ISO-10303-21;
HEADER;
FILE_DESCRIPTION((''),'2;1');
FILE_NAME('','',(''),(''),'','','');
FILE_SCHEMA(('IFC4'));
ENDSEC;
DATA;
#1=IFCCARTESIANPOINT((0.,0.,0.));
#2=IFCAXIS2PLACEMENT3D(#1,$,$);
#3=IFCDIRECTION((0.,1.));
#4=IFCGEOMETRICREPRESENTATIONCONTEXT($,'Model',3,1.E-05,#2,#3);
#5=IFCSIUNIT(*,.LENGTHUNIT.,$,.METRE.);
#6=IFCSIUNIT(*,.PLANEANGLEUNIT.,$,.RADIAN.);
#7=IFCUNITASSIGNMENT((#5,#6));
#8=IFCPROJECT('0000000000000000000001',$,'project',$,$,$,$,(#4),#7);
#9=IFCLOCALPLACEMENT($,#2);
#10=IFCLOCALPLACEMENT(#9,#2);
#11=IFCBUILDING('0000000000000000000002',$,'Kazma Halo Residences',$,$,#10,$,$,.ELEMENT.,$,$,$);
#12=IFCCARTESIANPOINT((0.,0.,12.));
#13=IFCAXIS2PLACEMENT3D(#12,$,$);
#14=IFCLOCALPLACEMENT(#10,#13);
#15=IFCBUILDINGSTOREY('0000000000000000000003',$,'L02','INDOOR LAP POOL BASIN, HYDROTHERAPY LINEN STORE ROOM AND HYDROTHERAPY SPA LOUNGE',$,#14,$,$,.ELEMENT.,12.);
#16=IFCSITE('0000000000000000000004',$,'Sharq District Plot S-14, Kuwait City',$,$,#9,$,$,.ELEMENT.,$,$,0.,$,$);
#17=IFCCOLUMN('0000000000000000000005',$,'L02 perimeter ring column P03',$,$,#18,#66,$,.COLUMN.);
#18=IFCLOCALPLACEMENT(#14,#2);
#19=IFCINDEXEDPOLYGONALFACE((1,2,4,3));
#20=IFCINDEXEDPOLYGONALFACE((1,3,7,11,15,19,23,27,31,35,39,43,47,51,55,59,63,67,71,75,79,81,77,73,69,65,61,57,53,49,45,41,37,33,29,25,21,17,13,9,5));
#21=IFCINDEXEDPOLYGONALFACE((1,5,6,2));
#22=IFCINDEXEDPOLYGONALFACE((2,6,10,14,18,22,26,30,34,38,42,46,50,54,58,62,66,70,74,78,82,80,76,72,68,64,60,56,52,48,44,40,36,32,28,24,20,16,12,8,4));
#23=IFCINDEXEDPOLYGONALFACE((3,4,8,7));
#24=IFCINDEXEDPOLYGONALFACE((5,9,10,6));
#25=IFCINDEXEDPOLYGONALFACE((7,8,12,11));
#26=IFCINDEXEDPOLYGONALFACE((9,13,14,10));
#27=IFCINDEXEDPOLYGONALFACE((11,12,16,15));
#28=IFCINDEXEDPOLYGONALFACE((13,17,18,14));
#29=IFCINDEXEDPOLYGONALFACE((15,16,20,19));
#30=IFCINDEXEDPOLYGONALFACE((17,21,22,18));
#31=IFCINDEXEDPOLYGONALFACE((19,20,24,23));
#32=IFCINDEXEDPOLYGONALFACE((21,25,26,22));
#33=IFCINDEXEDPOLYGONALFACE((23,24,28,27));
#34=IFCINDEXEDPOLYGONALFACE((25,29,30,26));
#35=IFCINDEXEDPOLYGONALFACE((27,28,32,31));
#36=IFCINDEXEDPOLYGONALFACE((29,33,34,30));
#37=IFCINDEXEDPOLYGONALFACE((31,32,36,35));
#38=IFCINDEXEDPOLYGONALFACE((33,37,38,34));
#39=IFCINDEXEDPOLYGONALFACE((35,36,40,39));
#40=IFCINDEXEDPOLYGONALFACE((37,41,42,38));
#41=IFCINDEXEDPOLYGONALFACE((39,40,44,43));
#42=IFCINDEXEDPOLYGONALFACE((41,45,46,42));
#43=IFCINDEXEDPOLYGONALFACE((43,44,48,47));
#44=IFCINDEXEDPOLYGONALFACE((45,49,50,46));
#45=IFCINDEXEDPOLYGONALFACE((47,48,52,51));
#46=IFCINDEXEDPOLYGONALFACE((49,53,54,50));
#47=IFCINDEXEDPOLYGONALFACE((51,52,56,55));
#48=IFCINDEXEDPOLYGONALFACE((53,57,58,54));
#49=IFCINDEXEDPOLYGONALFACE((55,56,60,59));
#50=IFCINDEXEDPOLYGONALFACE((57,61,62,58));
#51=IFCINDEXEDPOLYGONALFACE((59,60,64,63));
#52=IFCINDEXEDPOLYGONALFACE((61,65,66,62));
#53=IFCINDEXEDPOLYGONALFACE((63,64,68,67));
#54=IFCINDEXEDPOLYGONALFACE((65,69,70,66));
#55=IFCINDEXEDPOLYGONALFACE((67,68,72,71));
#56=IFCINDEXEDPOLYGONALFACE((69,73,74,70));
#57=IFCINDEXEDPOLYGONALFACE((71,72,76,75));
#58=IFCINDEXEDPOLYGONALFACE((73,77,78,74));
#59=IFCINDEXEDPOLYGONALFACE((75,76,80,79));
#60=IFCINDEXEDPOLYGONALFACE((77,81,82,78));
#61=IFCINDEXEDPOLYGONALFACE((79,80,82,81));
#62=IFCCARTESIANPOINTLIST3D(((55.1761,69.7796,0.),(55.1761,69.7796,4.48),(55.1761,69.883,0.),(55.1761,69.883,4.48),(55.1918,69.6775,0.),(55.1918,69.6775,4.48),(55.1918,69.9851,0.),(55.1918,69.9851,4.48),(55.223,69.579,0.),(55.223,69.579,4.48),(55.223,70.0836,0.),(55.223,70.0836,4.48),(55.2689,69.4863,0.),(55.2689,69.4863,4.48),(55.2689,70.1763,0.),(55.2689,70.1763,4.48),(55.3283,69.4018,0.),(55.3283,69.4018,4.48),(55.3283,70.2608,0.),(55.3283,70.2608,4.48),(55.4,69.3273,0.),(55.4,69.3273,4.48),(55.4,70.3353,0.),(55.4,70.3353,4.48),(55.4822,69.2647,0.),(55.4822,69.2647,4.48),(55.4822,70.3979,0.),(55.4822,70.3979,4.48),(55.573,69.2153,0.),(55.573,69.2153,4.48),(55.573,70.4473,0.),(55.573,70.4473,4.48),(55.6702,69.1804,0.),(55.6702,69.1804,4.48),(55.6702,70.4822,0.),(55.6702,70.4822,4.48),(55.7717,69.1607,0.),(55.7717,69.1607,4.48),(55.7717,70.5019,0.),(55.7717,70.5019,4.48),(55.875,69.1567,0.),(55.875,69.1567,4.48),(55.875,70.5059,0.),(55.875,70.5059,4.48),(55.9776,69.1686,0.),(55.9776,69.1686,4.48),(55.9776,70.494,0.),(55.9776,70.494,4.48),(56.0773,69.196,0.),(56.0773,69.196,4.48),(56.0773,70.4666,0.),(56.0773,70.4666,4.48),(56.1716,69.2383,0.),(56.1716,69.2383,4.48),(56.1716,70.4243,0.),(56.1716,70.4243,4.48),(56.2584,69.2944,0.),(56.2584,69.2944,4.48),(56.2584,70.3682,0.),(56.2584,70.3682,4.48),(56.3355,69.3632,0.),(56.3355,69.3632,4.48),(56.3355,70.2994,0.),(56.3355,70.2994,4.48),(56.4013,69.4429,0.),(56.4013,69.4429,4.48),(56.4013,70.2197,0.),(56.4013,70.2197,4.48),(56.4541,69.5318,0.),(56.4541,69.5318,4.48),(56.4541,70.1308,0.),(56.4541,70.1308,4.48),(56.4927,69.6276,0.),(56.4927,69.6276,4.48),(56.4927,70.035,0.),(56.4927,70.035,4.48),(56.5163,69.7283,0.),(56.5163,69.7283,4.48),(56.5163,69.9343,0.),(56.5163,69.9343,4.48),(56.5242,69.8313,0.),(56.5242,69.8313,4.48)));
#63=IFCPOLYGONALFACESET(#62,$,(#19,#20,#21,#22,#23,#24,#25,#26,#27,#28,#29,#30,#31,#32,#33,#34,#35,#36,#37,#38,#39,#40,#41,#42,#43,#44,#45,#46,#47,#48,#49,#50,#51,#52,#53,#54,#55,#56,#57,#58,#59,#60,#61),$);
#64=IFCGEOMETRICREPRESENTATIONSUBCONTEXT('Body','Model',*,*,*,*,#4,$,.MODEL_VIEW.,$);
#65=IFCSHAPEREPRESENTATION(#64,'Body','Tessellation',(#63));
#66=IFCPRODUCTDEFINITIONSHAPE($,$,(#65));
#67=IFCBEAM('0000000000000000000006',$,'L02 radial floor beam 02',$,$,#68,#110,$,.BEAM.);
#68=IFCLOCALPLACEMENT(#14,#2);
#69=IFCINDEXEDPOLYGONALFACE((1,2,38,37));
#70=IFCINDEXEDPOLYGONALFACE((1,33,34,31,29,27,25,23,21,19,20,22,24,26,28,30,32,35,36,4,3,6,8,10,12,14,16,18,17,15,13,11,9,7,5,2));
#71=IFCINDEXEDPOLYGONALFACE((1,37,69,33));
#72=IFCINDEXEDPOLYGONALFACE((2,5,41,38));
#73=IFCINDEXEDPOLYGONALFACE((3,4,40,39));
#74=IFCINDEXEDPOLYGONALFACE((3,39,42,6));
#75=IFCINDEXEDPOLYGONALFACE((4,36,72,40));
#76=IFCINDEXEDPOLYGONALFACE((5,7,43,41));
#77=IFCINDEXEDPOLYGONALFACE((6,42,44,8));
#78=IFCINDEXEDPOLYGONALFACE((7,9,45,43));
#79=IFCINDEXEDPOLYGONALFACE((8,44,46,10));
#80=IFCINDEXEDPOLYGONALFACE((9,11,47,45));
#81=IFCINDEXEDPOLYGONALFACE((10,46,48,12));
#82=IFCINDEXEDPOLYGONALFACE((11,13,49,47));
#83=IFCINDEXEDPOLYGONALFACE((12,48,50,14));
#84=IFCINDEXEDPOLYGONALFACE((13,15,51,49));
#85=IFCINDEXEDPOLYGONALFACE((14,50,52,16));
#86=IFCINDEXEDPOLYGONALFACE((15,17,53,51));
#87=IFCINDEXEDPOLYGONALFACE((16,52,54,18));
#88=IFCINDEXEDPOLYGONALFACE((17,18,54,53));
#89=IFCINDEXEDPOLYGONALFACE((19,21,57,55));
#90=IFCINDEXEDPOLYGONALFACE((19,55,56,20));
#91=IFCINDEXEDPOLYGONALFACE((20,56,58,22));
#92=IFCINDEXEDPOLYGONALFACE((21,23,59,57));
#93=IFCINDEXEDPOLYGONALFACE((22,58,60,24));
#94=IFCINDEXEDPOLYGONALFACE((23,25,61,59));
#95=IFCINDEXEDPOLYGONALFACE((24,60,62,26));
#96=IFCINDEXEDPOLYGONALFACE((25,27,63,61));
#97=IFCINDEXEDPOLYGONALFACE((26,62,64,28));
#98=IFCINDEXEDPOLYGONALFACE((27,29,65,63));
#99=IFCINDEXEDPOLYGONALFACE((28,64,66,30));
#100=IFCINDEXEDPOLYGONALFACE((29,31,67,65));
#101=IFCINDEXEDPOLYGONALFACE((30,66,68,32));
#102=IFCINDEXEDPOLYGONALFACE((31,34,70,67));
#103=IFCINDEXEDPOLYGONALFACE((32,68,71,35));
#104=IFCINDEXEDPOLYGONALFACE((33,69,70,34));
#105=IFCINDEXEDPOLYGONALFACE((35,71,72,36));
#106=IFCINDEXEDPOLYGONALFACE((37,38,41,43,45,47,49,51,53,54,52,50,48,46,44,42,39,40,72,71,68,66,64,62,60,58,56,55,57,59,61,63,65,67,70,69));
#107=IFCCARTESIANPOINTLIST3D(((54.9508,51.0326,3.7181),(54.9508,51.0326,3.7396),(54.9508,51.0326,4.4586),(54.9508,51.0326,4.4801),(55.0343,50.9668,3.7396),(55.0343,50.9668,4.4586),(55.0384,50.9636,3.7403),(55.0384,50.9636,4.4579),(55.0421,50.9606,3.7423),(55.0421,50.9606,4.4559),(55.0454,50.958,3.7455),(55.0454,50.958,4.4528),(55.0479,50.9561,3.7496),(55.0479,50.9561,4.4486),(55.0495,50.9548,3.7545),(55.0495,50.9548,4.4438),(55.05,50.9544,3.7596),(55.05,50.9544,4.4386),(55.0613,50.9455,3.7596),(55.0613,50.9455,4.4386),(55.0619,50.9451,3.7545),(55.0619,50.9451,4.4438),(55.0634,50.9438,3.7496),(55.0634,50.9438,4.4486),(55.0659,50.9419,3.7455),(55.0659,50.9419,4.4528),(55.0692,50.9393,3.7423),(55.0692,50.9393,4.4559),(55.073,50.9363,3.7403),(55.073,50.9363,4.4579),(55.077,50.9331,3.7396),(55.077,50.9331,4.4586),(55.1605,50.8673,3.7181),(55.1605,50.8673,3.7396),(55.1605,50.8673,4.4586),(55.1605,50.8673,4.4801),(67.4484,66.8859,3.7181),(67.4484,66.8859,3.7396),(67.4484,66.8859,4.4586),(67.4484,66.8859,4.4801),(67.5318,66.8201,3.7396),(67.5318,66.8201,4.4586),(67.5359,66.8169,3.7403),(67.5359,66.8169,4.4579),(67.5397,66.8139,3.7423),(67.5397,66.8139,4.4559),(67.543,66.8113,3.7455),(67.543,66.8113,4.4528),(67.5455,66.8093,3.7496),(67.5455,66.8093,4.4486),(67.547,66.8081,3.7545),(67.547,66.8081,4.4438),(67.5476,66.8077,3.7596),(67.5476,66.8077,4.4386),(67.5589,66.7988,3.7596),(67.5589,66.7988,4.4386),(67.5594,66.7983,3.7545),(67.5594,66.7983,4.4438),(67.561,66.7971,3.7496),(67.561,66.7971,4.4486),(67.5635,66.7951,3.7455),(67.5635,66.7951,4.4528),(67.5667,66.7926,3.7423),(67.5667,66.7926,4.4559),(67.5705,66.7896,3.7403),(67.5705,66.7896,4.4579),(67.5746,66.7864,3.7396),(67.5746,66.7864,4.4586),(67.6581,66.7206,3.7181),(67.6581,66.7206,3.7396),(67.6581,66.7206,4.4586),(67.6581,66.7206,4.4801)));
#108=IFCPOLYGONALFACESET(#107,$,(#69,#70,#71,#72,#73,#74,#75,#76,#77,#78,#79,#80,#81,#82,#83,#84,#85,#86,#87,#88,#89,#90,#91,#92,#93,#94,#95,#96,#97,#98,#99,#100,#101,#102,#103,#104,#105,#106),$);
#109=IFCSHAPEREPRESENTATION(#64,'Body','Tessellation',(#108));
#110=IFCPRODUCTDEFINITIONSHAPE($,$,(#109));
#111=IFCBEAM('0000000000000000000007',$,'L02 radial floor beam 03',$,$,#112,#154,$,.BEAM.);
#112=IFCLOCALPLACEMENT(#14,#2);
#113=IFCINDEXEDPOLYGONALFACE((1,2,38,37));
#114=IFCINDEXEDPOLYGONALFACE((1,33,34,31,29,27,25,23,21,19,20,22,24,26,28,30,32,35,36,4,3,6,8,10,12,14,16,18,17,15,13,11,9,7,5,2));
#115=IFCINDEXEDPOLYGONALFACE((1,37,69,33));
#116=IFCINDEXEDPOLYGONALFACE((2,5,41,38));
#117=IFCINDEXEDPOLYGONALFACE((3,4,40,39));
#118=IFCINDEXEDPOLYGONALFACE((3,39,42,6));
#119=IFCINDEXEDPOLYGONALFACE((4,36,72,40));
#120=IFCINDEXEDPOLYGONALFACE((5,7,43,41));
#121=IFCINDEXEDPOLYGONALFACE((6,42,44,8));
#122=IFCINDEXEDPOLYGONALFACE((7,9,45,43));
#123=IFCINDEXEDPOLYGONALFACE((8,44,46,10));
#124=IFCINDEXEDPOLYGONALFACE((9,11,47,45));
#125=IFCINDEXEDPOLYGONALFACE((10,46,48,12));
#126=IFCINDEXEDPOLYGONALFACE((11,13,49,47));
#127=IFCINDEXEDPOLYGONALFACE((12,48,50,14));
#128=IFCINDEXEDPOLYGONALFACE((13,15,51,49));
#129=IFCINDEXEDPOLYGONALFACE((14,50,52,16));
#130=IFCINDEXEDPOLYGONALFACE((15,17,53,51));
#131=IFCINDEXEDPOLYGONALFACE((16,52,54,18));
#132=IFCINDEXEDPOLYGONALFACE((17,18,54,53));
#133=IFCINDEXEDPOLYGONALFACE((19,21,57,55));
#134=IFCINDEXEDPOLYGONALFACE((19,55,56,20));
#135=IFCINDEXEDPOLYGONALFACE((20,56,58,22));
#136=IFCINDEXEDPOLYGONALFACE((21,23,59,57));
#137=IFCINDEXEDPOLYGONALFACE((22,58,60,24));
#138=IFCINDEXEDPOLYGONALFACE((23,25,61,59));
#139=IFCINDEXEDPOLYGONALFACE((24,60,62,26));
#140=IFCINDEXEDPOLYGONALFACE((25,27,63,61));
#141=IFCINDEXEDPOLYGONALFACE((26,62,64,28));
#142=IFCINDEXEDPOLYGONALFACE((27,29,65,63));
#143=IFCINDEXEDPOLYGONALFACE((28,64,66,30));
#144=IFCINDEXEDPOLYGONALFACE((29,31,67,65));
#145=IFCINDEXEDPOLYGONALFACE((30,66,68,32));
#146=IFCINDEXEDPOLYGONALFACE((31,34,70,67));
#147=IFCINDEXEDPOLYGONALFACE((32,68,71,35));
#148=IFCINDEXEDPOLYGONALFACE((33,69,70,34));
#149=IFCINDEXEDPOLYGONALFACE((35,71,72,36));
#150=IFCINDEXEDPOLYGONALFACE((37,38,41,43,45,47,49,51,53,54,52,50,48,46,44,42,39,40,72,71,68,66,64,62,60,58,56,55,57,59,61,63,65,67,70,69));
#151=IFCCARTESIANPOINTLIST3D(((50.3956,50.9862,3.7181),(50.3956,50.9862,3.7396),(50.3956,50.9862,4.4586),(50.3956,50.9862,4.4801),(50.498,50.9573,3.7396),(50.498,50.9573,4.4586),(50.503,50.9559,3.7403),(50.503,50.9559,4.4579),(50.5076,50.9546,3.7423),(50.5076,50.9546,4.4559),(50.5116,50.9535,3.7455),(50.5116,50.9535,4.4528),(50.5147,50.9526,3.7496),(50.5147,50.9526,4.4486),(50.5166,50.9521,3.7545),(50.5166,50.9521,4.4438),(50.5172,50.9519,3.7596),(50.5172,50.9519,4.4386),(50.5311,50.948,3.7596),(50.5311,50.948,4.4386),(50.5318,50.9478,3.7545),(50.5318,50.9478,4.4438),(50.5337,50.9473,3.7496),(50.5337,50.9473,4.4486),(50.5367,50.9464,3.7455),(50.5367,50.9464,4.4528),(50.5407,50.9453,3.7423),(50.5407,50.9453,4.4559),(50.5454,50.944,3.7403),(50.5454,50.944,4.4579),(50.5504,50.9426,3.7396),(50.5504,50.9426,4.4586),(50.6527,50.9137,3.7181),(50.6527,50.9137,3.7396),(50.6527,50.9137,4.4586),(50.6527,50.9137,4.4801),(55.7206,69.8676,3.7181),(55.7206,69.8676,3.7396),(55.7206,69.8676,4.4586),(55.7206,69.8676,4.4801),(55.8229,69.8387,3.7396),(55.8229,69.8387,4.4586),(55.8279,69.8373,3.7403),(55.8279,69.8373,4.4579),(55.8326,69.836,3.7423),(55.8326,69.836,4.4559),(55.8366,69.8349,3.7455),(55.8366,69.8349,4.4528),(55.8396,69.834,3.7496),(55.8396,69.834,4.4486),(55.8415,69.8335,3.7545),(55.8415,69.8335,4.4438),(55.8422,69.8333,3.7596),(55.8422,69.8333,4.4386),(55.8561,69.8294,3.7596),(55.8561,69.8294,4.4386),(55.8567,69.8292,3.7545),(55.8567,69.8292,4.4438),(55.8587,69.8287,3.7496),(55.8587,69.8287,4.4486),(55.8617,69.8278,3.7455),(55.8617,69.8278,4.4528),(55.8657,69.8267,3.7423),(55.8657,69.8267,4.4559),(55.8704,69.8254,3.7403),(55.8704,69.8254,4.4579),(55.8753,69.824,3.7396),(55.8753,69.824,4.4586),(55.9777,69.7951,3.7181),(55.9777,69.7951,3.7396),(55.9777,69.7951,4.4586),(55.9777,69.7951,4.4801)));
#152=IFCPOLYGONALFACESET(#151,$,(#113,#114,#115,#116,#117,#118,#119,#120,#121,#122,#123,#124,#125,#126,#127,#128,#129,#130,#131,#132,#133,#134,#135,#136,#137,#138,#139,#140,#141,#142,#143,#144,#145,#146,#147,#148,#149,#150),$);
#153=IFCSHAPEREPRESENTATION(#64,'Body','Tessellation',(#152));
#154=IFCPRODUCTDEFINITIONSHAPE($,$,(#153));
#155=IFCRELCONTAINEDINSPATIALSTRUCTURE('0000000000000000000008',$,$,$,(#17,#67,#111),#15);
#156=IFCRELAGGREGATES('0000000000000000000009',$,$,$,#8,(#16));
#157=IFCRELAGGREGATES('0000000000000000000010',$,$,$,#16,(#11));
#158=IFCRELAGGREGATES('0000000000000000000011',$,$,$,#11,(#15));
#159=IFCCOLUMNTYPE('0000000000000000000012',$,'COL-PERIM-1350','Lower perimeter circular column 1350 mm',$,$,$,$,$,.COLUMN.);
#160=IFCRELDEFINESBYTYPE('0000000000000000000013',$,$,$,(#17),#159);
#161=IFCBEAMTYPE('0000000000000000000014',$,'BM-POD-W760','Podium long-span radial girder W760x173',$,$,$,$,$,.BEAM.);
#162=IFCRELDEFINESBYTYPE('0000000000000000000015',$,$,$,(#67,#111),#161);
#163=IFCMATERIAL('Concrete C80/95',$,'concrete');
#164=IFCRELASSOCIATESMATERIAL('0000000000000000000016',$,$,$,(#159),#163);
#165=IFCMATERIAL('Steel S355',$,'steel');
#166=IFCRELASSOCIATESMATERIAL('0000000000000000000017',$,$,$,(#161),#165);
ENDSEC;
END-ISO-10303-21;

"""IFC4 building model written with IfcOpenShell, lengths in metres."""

from ifc_helpers import new_model, si_unit, direction, frame, origin, origin_2d, place, context, subcontext, project, spatial, circle, i_section, extrude, material, material_profile, profile_set, type_object, element, save


model = new_model("IFC4")

# Units and contexts
model_context = context("Model", 3, precision=1e-05, world=origin(), true_north=direction((0.0, 1.0)))
body_context = subcontext(model_context, "Body", "Model", "MODEL_VIEW")
ifc_project = project(units=[si_unit("LENGTHUNIT", "METRE"), si_unit("PLANEANGLEUNIT", "RADIAN")], contexts=[model_context])

# Site, building, storey
site_placement = place(None, origin())
site = spatial("IfcSite", under=ifc_project, at=site_placement, Name="Sharq District Plot S-14, Kuwait City", CompositionType="ELEMENT", RefElevation=0.0)
building_placement = place(site_placement, origin())
building = spatial("IfcBuilding", under=site, at=building_placement, Name="Kazma Halo Residences", CompositionType="ELEMENT")
storey_placement = place(building_placement, frame((0.0, 0.0, 12.0)))
storey = spatial("IfcBuildingStorey", under=building, at=storey_placement, Name="L02", Description="INDOOR LAP POOL BASIN, HYDROTHERAPY LINEN STORE ROOM AND HYDROTHERAPY SPA LOUNGE", CompositionType="ELEMENT", Elevation=12.0)

# Column
ifc_material_1 = material(Name="Concrete C80/95", Category="concrete")
ifc_material_profile_1 = material_profile(ifc_material_1, circle(Radius=0.675, at=origin_2d()), Name="CIRC1350")
ifc_profile_set_1 = profile_set([ifc_material_profile_1], Name="Concrete C80/95")
column_type = type_object("IfcColumnType", Name="COL-PERIM-1350", Description="Lower perimeter circular column 1350 mm", PredefinedType="COLUMN", material=ifc_profile_set_1)
column_placement = place(storey_placement, frame((55.8491, 69.8313, 0.0), z_axis=(0.0, 0.0, 1.0), x_axis=(1.0, 0.0, 0.0)))
element("IfcColumn", 1, at=column_placement, inside=storey, type_object=column_type, Name="L02 perimeter ring column P03", PredefinedType="COLUMN", context=body_context, shape_type="SweptSolid", body=[
    extrude(circle(Radius=0.675, at=origin_2d()), origin(), (0.0, 0.0, 1.0), 4.48),
])

# Beams
ifc_material_2 = material(Name="Steel S355", Category="steel")
ifc_material_profile_2 = material_profile(ifc_material_2, i_section(OverallWidth=0.2671, OverallDepth=0.762, WebThickness=0.0144, FlangeThickness=0.0215, FilletRadius=0.02, at=origin_2d()), Name="W760x173")
ifc_profile_set_2 = profile_set([ifc_material_profile_2], Name="Steel S355")
beam_type_1 = type_object("IfcBeamType", Name="BM-POD-W760", Description="Podium long-span radial girder W760x173", PredefinedType="BEAM", material=ifc_profile_set_2)
beam_1_placement = place(storey_placement, frame((55.0557, 50.95, 4.0991), z_axis=(0.619089, 0.785321, 0.0), x_axis=(-0.785321, 0.619089, 0.0)))
element("IfcBeam", 2, at=beam_1_placement, inside=storey, type_object=beam_type_1, Name="L02 radial floor beam 02", PredefinedType="BEAM", context=body_context, shape_type="SweptSolid", body=[
    extrude(i_section(OverallWidth=0.2671, OverallDepth=0.762, WebThickness=0.0144, FlangeThickness=0.0215, FilletRadius=0.02, at=origin_2d()), origin(), (0.0, 0.0, 1.0), 20.187),
])
beam_2_placement = place(storey_placement, frame((50.5242, 50.95, 4.0991), z_axis=(0.271434, 0.962457, 0.0), x_axis=(-0.962457, 0.271434, 0.0)))
element("IfcBeam", 3, at=beam_2_placement, inside=storey, type_object=beam_type_1, Name="L02 radial floor beam 03", PredefinedType="BEAM", context=body_context, shape_type="SweptSolid", body=[
    extrude(i_section(OverallWidth=0.2671, OverallDepth=0.762, WebThickness=0.0144, FlangeThickness=0.0215, FilletRadius=0.02, at=origin_2d()), origin(), (0.0, 0.0, 1.0), 19.6179),
])

save(model, "model.ifc")
